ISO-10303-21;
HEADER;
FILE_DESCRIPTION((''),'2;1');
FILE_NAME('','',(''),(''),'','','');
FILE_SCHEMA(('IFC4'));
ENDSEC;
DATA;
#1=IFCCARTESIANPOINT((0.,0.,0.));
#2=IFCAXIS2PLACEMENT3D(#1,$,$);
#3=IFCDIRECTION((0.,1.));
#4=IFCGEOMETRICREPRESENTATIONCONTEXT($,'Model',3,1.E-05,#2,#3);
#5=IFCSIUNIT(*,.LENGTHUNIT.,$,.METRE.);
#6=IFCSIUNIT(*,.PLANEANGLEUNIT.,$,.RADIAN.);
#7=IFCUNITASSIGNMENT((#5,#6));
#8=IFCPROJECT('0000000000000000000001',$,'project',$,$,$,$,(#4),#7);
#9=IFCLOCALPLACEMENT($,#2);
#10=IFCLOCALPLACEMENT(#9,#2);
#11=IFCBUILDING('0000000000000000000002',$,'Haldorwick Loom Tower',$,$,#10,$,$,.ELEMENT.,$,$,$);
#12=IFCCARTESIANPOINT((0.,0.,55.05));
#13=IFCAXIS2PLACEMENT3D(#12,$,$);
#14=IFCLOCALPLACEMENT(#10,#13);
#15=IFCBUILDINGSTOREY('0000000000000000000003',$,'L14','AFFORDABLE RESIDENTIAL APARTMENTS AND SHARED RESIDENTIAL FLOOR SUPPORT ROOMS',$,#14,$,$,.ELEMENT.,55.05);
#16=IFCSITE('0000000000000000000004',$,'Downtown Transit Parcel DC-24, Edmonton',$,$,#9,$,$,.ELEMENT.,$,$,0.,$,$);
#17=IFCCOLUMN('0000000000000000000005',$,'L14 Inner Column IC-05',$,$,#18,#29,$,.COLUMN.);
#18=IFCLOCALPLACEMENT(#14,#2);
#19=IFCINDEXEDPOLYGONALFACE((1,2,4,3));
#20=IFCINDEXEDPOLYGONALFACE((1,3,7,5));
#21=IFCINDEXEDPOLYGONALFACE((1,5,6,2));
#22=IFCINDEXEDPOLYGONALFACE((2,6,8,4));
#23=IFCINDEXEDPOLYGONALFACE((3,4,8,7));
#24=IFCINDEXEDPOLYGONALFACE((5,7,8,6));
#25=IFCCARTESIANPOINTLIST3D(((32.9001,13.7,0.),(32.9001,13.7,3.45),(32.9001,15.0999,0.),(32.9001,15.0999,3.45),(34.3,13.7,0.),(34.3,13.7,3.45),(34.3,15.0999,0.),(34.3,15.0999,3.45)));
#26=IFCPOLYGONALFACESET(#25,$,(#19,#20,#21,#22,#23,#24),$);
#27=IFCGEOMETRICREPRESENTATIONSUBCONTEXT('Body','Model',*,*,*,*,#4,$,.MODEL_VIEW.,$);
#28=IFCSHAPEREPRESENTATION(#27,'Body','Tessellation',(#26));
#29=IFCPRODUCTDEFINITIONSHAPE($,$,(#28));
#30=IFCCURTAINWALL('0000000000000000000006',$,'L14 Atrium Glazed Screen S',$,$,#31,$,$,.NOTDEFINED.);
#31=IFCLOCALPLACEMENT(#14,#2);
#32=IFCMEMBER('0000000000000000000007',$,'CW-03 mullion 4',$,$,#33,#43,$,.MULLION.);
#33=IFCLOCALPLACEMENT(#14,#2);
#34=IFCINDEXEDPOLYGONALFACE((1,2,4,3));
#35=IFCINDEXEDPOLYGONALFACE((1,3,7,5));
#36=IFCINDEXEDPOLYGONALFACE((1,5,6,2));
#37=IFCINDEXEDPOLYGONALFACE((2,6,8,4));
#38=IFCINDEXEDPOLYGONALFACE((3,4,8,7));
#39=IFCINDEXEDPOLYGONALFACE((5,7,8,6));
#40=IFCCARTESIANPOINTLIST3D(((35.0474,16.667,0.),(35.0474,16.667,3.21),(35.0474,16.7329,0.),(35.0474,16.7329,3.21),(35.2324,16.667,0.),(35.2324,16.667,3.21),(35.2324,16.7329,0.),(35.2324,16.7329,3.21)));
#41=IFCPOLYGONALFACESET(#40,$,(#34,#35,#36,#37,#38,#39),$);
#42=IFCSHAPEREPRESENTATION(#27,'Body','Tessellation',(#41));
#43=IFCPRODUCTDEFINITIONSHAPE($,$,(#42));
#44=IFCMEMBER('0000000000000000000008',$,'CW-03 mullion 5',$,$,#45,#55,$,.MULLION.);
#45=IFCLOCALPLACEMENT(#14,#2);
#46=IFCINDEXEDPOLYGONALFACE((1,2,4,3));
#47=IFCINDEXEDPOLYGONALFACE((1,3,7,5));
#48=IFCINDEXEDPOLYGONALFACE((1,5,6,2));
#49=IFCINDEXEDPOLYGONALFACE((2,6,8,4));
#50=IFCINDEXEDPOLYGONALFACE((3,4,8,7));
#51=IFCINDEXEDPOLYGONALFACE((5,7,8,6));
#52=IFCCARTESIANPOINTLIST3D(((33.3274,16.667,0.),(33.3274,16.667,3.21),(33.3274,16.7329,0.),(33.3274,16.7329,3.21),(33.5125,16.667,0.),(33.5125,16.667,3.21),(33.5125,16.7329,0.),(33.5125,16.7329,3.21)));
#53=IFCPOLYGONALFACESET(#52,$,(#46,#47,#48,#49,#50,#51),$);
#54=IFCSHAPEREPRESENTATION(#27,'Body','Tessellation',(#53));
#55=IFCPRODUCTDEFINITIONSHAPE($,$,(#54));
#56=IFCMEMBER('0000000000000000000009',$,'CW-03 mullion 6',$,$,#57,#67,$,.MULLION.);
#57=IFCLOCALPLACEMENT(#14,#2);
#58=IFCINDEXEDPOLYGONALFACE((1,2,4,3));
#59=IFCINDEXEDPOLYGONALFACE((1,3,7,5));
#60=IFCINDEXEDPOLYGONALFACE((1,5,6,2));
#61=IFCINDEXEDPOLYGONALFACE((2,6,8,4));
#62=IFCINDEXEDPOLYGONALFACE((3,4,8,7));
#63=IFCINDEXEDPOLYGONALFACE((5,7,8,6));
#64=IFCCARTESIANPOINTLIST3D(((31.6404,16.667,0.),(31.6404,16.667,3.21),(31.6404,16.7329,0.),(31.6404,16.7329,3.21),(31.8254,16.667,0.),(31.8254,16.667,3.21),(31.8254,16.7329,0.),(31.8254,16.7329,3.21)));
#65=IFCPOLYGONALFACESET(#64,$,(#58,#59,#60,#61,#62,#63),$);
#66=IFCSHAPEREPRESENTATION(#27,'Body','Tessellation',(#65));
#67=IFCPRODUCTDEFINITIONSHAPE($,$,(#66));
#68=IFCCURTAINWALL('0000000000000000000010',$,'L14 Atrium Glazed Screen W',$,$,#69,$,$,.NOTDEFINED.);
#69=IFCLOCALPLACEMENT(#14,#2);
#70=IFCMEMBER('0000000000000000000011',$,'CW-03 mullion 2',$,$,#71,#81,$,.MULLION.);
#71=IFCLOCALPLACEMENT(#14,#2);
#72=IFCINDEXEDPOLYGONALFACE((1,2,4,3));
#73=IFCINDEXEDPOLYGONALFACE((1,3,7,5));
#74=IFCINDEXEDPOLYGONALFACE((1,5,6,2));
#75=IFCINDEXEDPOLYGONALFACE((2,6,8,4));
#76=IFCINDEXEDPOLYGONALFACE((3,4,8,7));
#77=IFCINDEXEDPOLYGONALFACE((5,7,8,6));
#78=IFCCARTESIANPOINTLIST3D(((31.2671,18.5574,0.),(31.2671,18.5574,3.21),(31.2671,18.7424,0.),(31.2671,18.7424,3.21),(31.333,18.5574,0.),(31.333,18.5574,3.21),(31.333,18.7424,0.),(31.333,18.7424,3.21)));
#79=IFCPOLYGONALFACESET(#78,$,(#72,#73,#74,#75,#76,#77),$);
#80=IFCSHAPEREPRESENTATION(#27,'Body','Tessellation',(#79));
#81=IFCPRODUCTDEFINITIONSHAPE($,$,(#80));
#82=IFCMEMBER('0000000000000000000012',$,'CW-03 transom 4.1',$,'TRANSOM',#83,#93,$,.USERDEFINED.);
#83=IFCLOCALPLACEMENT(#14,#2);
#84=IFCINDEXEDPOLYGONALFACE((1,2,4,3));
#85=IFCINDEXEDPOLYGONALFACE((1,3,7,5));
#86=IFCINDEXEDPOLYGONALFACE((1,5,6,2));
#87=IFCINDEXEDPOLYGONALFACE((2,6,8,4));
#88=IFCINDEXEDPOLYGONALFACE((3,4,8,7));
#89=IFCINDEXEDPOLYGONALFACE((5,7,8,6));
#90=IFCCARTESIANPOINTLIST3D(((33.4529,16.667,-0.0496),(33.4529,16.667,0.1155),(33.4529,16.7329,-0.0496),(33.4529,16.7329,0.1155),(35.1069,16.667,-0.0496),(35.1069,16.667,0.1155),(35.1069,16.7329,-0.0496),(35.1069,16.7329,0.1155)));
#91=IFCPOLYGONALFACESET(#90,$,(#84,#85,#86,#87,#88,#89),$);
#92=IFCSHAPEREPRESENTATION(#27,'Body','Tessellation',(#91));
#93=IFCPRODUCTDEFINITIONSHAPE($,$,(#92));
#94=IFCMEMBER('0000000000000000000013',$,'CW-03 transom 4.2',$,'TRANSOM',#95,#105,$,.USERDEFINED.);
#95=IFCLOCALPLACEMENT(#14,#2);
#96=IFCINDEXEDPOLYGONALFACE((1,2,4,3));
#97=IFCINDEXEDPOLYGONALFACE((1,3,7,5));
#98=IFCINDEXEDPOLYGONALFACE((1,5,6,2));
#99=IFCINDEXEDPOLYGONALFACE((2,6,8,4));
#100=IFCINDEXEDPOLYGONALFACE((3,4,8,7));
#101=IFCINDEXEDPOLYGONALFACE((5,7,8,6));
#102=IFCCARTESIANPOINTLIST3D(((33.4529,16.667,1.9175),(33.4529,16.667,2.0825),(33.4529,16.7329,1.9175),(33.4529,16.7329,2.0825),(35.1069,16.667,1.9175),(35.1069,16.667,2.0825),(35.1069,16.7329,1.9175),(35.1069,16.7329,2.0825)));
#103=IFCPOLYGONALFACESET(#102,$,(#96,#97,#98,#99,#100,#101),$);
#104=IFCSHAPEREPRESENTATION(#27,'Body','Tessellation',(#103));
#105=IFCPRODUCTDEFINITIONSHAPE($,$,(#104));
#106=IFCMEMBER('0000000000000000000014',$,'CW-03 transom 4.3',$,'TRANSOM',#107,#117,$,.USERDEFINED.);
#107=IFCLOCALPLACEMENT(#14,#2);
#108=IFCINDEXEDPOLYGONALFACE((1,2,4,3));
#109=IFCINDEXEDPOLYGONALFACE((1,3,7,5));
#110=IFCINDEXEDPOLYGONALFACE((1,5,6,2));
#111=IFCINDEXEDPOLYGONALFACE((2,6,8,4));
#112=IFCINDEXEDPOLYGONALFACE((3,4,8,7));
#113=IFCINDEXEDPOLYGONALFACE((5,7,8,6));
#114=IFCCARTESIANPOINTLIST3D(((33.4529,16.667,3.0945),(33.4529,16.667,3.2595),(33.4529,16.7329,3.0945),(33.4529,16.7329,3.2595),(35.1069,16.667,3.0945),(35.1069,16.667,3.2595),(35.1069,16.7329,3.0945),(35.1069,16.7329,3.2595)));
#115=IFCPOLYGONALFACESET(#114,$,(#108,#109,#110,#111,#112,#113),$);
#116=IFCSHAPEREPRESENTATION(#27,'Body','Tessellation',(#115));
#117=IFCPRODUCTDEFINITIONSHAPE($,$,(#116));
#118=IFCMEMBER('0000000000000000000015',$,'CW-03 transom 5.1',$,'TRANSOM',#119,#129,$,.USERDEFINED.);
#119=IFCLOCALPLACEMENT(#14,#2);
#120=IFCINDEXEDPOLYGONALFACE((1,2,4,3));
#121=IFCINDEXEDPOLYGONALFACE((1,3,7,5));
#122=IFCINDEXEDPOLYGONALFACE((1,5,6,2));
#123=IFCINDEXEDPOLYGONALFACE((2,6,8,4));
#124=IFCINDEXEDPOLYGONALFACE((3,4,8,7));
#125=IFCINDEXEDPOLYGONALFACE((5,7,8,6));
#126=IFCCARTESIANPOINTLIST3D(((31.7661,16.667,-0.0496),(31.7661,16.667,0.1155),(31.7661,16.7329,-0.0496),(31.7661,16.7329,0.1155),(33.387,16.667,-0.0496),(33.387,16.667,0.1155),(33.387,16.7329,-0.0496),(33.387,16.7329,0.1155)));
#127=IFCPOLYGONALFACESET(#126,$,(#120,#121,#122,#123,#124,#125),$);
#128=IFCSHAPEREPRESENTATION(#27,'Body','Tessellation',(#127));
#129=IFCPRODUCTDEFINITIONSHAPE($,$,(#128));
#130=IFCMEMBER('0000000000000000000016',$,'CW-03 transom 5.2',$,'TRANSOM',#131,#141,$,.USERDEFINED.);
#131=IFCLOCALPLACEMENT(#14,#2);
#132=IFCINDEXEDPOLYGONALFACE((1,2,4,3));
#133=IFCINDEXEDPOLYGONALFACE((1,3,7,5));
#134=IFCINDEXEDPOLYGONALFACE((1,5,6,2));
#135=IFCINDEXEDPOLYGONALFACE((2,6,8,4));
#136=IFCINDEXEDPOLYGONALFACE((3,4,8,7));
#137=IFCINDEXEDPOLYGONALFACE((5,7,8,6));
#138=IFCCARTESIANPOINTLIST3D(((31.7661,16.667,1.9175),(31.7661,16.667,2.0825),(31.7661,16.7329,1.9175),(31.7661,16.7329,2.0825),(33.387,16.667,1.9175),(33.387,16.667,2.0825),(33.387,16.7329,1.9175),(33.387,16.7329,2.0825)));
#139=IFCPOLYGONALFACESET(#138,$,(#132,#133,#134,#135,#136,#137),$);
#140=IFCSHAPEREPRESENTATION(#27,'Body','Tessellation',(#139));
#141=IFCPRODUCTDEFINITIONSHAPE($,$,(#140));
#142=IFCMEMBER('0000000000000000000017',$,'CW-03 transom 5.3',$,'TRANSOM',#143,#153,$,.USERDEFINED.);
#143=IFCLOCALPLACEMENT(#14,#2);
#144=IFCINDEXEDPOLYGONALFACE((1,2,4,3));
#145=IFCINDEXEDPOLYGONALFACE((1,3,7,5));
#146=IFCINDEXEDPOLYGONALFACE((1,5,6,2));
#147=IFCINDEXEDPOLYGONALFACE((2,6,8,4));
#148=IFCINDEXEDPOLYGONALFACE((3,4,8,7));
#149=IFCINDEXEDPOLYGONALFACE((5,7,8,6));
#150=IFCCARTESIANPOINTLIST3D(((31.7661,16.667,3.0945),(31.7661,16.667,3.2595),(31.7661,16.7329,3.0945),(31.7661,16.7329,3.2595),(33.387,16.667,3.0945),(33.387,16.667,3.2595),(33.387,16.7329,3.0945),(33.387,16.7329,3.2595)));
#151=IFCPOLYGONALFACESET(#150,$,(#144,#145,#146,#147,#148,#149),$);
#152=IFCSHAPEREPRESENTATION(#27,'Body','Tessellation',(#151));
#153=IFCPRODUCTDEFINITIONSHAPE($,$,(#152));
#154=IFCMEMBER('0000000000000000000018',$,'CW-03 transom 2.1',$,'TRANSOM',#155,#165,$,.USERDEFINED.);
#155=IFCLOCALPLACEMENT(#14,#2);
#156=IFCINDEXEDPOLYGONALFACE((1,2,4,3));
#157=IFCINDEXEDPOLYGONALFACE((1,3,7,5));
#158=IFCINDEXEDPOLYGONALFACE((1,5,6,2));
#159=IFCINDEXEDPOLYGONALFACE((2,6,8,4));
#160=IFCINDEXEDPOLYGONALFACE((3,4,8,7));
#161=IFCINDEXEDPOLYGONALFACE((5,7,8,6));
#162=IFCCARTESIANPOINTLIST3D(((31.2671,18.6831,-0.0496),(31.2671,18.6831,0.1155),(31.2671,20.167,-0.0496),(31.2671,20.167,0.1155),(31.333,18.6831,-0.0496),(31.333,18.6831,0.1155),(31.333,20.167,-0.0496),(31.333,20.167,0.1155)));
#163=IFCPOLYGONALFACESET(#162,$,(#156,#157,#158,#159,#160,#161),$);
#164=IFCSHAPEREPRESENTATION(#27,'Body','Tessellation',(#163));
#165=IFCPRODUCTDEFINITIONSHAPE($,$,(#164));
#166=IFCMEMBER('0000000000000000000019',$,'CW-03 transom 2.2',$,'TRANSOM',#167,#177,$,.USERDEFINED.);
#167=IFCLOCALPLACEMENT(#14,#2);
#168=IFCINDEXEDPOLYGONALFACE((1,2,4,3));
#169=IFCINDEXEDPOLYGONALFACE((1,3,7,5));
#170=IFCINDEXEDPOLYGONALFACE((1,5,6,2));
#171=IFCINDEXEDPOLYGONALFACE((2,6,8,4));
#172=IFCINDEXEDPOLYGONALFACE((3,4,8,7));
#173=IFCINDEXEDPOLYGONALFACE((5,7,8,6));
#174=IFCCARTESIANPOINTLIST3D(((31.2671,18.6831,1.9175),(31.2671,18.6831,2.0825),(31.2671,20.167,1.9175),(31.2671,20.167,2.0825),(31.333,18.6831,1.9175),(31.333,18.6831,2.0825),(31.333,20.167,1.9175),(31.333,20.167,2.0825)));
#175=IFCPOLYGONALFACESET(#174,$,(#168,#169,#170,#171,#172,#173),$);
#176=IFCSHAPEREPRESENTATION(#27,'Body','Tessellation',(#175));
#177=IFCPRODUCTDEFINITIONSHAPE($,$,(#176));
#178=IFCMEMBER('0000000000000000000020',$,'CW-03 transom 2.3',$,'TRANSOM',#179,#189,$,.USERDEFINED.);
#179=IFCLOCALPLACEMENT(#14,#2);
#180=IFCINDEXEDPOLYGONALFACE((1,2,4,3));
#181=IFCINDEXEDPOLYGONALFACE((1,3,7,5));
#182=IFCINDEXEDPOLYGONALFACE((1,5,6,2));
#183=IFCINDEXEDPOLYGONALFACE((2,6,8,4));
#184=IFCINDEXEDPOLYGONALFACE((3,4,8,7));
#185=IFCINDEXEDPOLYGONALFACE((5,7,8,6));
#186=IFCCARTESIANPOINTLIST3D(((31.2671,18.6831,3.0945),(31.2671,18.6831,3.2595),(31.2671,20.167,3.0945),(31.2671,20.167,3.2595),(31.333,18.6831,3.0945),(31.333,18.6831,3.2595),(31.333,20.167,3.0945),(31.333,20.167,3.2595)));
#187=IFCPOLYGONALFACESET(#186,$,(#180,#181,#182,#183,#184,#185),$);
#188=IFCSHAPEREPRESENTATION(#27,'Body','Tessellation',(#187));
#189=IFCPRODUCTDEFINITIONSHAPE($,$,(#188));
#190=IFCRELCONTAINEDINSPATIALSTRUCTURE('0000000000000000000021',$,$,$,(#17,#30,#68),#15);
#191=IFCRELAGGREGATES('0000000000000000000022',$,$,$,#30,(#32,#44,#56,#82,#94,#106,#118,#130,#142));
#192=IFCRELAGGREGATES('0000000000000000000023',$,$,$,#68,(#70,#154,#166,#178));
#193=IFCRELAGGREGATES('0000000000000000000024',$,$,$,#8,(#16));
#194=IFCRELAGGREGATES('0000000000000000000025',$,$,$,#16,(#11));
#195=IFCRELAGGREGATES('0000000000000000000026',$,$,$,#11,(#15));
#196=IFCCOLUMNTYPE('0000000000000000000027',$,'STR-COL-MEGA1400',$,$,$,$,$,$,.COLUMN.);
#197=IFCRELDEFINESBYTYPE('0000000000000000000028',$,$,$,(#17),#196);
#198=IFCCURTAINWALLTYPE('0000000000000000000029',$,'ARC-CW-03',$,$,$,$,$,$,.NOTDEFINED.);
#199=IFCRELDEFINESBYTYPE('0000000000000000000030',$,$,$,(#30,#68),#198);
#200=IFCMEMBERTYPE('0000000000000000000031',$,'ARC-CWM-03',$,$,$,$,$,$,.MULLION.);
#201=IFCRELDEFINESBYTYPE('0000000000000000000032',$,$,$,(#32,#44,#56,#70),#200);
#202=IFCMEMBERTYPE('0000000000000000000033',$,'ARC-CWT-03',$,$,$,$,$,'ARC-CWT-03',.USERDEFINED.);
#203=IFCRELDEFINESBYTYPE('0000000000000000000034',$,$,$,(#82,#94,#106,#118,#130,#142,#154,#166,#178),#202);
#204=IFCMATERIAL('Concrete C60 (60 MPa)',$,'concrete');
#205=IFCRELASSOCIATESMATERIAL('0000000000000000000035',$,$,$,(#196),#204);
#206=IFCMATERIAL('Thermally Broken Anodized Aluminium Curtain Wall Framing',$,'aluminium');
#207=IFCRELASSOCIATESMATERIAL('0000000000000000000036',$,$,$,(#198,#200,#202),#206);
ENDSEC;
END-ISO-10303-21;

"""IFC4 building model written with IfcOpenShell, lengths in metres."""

from ifc_helpers import new_model, si_unit, direction, frame, origin, origin_2d, place, context, subcontext, project, spatial, rectangle, extrude, material, material_profile, profile_set, type_object, element, aggregate, save


model = new_model("IFC4")

# Units and contexts
model_context = context("Model", 3, precision=1e-05, world=origin(), true_north=direction((0.0, 1.0)))
body_context = subcontext(model_context, "Body", "Model", "MODEL_VIEW")
ifc_project = project(units=[si_unit("LENGTHUNIT", "METRE"), si_unit("PLANEANGLEUNIT", "RADIAN")], contexts=[model_context])

# Site, building, storey
site_placement = place(None, origin())
site = spatial("IfcSite", under=ifc_project, at=site_placement, Name="Downtown Transit Parcel DC-24, Edmonton", CompositionType="ELEMENT", RefElevation=0.0)
building_placement = place(site_placement, origin())
building = spatial("IfcBuilding", under=site, at=building_placement, Name="Haldorwick Loom Tower", CompositionType="ELEMENT")
storey_placement = place(building_placement, frame((0.0, 0.0, 55.05)))
storey = spatial("IfcBuildingStorey", under=building, at=storey_placement, Name="L14", Description="AFFORDABLE RESIDENTIAL APARTMENTS AND SHARED RESIDENTIAL FLOOR SUPPORT ROOMS", CompositionType="ELEMENT", Elevation=55.05)

# Column
ifc_material_1 = material(Name="Concrete C60 (60 MPa)", Category="concrete")
ifc_material_profile_1 = material_profile(ifc_material_1, rectangle(XDim=1.3999, YDim=1.3999, at=origin_2d()), Name="RC1400X1400", Category="concrete")
ifc_profile_set_1 = profile_set([ifc_material_profile_1], Name="Concrete C60 (60 MPa)")
column_type = type_object("IfcColumnType", Name="STR-COL-MEGA1400", PredefinedType="COLUMN", material=ifc_profile_set_1)
column_placement = place(storey_placement, frame((33.6001, 14.3999, 0.0), z_axis=(0.0, 0.0, 1.0), x_axis=(1.0, 0.0, 0.0)))
element("IfcColumn", 1, at=column_placement, inside=storey, type_object=column_type, Name="L14 Inner Column IC-05", PredefinedType="COLUMN", context=body_context, shape_type="SweptSolid", body=[
    extrude(rectangle(XDim=1.3999, YDim=1.3999, at=origin_2d()), origin(), (0.0, 0.0, 1.0), 3.45),
])

# Curtain wall, members
ifc_material_2 = material(Name="Thermally Broken Anodized Aluminium Curtain Wall Framing", Category="aluminium")
curtain_wall_type = type_object("IfcCurtainWallType", Name="ARC-CW-03", PredefinedType="NOTDEFINED", material=ifc_material_2)
curtain_wall_1_placement = place(storey_placement, origin())
curtain_wall_1 = element("IfcCurtainWall", 2, at=curtain_wall_1_placement, inside=storey, type_object=curtain_wall_type, Name="L14 Atrium Glazed Screen S", PredefinedType="NOTDEFINED")
ifc_material_profile_2 = material_profile(ifc_material_2, rectangle(XDim=0.0659, YDim=0.1851, at=origin_2d()), Name="ALU_MUL_66X185", Category="aluminium")
ifc_profile_set_2 = profile_set([ifc_material_profile_2], Name="Thermally Broken Anodized Aluminium Curtain Wall Framing")
member_type_1 = type_object("IfcMemberType", Name="ARC-CWM-03", PredefinedType="MULLION", material=ifc_profile_set_2)
member_1_placement = place(storey_placement, frame((35.1399, 16.7, 0.0), z_axis=(0.0, 0.0, 1.0), x_axis=(0.0, -1.0, 0.0)))
member_1 = element("IfcMember", 3, at=member_1_placement, type_object=member_type_1, Name="CW-03 mullion 4", PredefinedType="MULLION", context=body_context, shape_type="SweptSolid", body=[
    extrude(rectangle(XDim=0.0659, YDim=0.1851, at=origin_2d()), origin(), (0.0, 0.0, 1.0), 3.21),
])
member_2_placement = place(storey_placement, frame((33.4199, 16.7, 0.0), z_axis=(0.0, 0.0, 1.0), x_axis=(0.0, -1.0, 0.0)))
member_2 = element("IfcMember", 4, at=member_2_placement, type_object=member_type_1, Name="CW-03 mullion 5", PredefinedType="MULLION", context=body_context, shape_type="SweptSolid", body=[
    extrude(rectangle(XDim=0.0659, YDim=0.1851, at=origin_2d()), origin(), (0.0, 0.0, 1.0), 3.21),
])
member_3_placement = place(storey_placement, frame((31.7329, 16.7, 0.0), z_axis=(0.0, 0.0, 1.0), x_axis=(0.0, -1.0, 0.0)))
member_3 = element("IfcMember", 5, at=member_3_placement, type_object=member_type_1, Name="CW-03 mullion 6", PredefinedType="MULLION", context=body_context, shape_type="SweptSolid", body=[
    extrude(rectangle(XDim=0.0659, YDim=0.1851, at=origin_2d()), origin(), (0.0, 0.0, 1.0), 3.21),
])

# Curtain wall, member
curtain_wall_2_placement = place(storey_placement, origin())
curtain_wall_2 = element("IfcCurtainWall", 6, at=curtain_wall_2_placement, inside=storey, type_object=curtain_wall_type, Name="L14 Atrium Glazed Screen W", PredefinedType="NOTDEFINED")
member_4_placement = place(storey_placement, frame((31.3, 18.6499, 0.0), z_axis=(0.0, 0.0, 1.0), x_axis=(-1.0, 0.0, 0.0)))
member_4 = element("IfcMember", 7, at=member_4_placement, type_object=member_type_1, Name="CW-03 mullion 2", PredefinedType="MULLION", context=body_context, shape_type="SweptSolid", body=[
    extrude(rectangle(XDim=0.0659, YDim=0.1851, at=origin_2d()), origin(), (0.0, 0.0, 1.0), 3.21),
])

# Members
ifc_material_profile_3 = material_profile(ifc_material_2, rectangle(XDim=0.0659, YDim=0.165, at=origin_2d()), Name="ALU_TRN_66X165", Category="aluminium")
ifc_profile_set_3 = profile_set([ifc_material_profile_3], Name="Thermally Broken Anodized Aluminium Curtain Wall Framing")
member_type_2 = type_object("IfcMemberType", Name="ARC-CWT-03", ElementType="ARC-CWT-03", PredefinedType="USERDEFINED", material=ifc_profile_set_3)
member_5_placement = place(storey_placement, frame((35.1069, 16.7, 0.033), z_axis=(-1.0, 0.0, 0.0), x_axis=(0.0, -1.0, 0.0)))
member_5 = element("IfcMember", 8, at=member_5_placement, type_object=member_type_2, Name="CW-03 transom 4.1", ObjectType="TRANSOM", PredefinedType="USERDEFINED", context=body_context, shape_type="SweptSolid", body=[
    extrude(rectangle(XDim=0.0659, YDim=0.165, at=origin_2d()), origin(), (0.0, 0.0, 1.0), 1.6541),
])
member_6_placement = place(storey_placement, frame((35.1069, 16.7, 2.0), z_axis=(-1.0, 0.0, 0.0), x_axis=(0.0, -1.0, 0.0)))
member_6 = element("IfcMember", 9, at=member_6_placement, type_object=member_type_2, Name="CW-03 transom 4.2", ObjectType="TRANSOM", PredefinedType="USERDEFINED", context=body_context, shape_type="SweptSolid", body=[
    extrude(rectangle(XDim=0.0659, YDim=0.165, at=origin_2d()), origin(), (0.0, 0.0, 1.0), 1.6541),
])
member_7_placement = place(storey_placement, frame((35.1069, 16.7, 3.177), z_axis=(-1.0, 0.0, 0.0), x_axis=(0.0, -1.0, 0.0)))
member_7 = element("IfcMember", 10, at=member_7_placement, type_object=member_type_2, Name="CW-03 transom 4.3", ObjectType="TRANSOM", PredefinedType="USERDEFINED", context=body_context, shape_type="SweptSolid", body=[
    extrude(rectangle(XDim=0.0659, YDim=0.165, at=origin_2d()), origin(), (0.0, 0.0, 1.0), 1.6541),
])
member_8_placement = place(storey_placement, frame((33.387, 16.7, 0.033), z_axis=(-1.0, 0.0, 0.0), x_axis=(0.0, -1.0, 0.0)))
member_8 = element("IfcMember", 11, at=member_8_placement, type_object=member_type_2, Name="CW-03 transom 5.1", ObjectType="TRANSOM", PredefinedType="USERDEFINED", context=body_context, shape_type="SweptSolid", body=[
    extrude(rectangle(XDim=0.0659, YDim=0.165, at=origin_2d()), origin(), (0.0, 0.0, 1.0), 1.6208),
])
member_9_placement = place(storey_placement, frame((33.387, 16.7, 2.0), z_axis=(-1.0, 0.0, 0.0), x_axis=(0.0, -1.0, 0.0)))
member_9 = element("IfcMember", 12, at=member_9_placement, type_object=member_type_2, Name="CW-03 transom 5.2", ObjectType="TRANSOM", PredefinedType="USERDEFINED", context=body_context, shape_type="SweptSolid", body=[
    extrude(rectangle(XDim=0.0659, YDim=0.165, at=origin_2d()), origin(), (0.0, 0.0, 1.0), 1.6208),
])
member_10_placement = place(storey_placement, frame((33.387, 16.7, 3.177), z_axis=(-1.0, 0.0, 0.0), x_axis=(0.0, -1.0, 0.0)))
member_10 = element("IfcMember", 13, at=member_10_placement, type_object=member_type_2, Name="CW-03 transom 5.3", ObjectType="TRANSOM", PredefinedType="USERDEFINED", context=body_context, shape_type="SweptSolid", body=[
    extrude(rectangle(XDim=0.0659, YDim=0.165, at=origin_2d()), origin(), (0.0, 0.0, 1.0), 1.6208),
])
member_11_placement = place(storey_placement, frame((31.3, 18.6831, 0.033), z_axis=(0.0, 1.0, 0.0), x_axis=(-1.0, 0.0, 0.0)))
member_11 = element("IfcMember", 14, at=member_11_placement, type_object=member_type_2, Name="CW-03 transom 2.1", ObjectType="TRANSOM", PredefinedType="USERDEFINED", context=body_context, shape_type="SweptSolid", body=[
    extrude(rectangle(XDim=0.0659, YDim=0.165, at=origin_2d()), origin(), (0.0, 0.0, 1.0), 1.4839),
])
member_12_placement = place(storey_placement, frame((31.3, 18.6831, 2.0), z_axis=(0.0, 1.0, 0.0), x_axis=(-1.0, 0.0, 0.0)))
member_12 = element("IfcMember", 15, at=member_12_placement, type_object=member_type_2, Name="CW-03 transom 2.2", ObjectType="TRANSOM", PredefinedType="USERDEFINED", context=body_context, shape_type="SweptSolid", body=[
    extrude(rectangle(XDim=0.0659, YDim=0.165, at=origin_2d()), origin(), (0.0, 0.0, 1.0), 1.4839),
])
member_13_placement = place(storey_placement, frame((31.3, 18.6831, 3.177), z_axis=(0.0, 1.0, 0.0), x_axis=(-1.0, 0.0, 0.0)))
member_13 = element("IfcMember", 16, at=member_13_placement, type_object=member_type_2, Name="CW-03 transom 2.3", ObjectType="TRANSOM", PredefinedType="USERDEFINED", context=body_context, shape_type="SweptSolid", body=[
    extrude(rectangle(XDim=0.0659, YDim=0.165, at=origin_2d()), origin(), (0.0, 0.0, 1.0), 1.4839),
])

aggregate(curtain_wall_1, [member_1, member_2, member_3, member_5, member_6, member_7, member_8, member_9, member_10])
aggregate(curtain_wall_2, [member_4, member_11, member_12, member_13])

save(model, "model.ifc")
